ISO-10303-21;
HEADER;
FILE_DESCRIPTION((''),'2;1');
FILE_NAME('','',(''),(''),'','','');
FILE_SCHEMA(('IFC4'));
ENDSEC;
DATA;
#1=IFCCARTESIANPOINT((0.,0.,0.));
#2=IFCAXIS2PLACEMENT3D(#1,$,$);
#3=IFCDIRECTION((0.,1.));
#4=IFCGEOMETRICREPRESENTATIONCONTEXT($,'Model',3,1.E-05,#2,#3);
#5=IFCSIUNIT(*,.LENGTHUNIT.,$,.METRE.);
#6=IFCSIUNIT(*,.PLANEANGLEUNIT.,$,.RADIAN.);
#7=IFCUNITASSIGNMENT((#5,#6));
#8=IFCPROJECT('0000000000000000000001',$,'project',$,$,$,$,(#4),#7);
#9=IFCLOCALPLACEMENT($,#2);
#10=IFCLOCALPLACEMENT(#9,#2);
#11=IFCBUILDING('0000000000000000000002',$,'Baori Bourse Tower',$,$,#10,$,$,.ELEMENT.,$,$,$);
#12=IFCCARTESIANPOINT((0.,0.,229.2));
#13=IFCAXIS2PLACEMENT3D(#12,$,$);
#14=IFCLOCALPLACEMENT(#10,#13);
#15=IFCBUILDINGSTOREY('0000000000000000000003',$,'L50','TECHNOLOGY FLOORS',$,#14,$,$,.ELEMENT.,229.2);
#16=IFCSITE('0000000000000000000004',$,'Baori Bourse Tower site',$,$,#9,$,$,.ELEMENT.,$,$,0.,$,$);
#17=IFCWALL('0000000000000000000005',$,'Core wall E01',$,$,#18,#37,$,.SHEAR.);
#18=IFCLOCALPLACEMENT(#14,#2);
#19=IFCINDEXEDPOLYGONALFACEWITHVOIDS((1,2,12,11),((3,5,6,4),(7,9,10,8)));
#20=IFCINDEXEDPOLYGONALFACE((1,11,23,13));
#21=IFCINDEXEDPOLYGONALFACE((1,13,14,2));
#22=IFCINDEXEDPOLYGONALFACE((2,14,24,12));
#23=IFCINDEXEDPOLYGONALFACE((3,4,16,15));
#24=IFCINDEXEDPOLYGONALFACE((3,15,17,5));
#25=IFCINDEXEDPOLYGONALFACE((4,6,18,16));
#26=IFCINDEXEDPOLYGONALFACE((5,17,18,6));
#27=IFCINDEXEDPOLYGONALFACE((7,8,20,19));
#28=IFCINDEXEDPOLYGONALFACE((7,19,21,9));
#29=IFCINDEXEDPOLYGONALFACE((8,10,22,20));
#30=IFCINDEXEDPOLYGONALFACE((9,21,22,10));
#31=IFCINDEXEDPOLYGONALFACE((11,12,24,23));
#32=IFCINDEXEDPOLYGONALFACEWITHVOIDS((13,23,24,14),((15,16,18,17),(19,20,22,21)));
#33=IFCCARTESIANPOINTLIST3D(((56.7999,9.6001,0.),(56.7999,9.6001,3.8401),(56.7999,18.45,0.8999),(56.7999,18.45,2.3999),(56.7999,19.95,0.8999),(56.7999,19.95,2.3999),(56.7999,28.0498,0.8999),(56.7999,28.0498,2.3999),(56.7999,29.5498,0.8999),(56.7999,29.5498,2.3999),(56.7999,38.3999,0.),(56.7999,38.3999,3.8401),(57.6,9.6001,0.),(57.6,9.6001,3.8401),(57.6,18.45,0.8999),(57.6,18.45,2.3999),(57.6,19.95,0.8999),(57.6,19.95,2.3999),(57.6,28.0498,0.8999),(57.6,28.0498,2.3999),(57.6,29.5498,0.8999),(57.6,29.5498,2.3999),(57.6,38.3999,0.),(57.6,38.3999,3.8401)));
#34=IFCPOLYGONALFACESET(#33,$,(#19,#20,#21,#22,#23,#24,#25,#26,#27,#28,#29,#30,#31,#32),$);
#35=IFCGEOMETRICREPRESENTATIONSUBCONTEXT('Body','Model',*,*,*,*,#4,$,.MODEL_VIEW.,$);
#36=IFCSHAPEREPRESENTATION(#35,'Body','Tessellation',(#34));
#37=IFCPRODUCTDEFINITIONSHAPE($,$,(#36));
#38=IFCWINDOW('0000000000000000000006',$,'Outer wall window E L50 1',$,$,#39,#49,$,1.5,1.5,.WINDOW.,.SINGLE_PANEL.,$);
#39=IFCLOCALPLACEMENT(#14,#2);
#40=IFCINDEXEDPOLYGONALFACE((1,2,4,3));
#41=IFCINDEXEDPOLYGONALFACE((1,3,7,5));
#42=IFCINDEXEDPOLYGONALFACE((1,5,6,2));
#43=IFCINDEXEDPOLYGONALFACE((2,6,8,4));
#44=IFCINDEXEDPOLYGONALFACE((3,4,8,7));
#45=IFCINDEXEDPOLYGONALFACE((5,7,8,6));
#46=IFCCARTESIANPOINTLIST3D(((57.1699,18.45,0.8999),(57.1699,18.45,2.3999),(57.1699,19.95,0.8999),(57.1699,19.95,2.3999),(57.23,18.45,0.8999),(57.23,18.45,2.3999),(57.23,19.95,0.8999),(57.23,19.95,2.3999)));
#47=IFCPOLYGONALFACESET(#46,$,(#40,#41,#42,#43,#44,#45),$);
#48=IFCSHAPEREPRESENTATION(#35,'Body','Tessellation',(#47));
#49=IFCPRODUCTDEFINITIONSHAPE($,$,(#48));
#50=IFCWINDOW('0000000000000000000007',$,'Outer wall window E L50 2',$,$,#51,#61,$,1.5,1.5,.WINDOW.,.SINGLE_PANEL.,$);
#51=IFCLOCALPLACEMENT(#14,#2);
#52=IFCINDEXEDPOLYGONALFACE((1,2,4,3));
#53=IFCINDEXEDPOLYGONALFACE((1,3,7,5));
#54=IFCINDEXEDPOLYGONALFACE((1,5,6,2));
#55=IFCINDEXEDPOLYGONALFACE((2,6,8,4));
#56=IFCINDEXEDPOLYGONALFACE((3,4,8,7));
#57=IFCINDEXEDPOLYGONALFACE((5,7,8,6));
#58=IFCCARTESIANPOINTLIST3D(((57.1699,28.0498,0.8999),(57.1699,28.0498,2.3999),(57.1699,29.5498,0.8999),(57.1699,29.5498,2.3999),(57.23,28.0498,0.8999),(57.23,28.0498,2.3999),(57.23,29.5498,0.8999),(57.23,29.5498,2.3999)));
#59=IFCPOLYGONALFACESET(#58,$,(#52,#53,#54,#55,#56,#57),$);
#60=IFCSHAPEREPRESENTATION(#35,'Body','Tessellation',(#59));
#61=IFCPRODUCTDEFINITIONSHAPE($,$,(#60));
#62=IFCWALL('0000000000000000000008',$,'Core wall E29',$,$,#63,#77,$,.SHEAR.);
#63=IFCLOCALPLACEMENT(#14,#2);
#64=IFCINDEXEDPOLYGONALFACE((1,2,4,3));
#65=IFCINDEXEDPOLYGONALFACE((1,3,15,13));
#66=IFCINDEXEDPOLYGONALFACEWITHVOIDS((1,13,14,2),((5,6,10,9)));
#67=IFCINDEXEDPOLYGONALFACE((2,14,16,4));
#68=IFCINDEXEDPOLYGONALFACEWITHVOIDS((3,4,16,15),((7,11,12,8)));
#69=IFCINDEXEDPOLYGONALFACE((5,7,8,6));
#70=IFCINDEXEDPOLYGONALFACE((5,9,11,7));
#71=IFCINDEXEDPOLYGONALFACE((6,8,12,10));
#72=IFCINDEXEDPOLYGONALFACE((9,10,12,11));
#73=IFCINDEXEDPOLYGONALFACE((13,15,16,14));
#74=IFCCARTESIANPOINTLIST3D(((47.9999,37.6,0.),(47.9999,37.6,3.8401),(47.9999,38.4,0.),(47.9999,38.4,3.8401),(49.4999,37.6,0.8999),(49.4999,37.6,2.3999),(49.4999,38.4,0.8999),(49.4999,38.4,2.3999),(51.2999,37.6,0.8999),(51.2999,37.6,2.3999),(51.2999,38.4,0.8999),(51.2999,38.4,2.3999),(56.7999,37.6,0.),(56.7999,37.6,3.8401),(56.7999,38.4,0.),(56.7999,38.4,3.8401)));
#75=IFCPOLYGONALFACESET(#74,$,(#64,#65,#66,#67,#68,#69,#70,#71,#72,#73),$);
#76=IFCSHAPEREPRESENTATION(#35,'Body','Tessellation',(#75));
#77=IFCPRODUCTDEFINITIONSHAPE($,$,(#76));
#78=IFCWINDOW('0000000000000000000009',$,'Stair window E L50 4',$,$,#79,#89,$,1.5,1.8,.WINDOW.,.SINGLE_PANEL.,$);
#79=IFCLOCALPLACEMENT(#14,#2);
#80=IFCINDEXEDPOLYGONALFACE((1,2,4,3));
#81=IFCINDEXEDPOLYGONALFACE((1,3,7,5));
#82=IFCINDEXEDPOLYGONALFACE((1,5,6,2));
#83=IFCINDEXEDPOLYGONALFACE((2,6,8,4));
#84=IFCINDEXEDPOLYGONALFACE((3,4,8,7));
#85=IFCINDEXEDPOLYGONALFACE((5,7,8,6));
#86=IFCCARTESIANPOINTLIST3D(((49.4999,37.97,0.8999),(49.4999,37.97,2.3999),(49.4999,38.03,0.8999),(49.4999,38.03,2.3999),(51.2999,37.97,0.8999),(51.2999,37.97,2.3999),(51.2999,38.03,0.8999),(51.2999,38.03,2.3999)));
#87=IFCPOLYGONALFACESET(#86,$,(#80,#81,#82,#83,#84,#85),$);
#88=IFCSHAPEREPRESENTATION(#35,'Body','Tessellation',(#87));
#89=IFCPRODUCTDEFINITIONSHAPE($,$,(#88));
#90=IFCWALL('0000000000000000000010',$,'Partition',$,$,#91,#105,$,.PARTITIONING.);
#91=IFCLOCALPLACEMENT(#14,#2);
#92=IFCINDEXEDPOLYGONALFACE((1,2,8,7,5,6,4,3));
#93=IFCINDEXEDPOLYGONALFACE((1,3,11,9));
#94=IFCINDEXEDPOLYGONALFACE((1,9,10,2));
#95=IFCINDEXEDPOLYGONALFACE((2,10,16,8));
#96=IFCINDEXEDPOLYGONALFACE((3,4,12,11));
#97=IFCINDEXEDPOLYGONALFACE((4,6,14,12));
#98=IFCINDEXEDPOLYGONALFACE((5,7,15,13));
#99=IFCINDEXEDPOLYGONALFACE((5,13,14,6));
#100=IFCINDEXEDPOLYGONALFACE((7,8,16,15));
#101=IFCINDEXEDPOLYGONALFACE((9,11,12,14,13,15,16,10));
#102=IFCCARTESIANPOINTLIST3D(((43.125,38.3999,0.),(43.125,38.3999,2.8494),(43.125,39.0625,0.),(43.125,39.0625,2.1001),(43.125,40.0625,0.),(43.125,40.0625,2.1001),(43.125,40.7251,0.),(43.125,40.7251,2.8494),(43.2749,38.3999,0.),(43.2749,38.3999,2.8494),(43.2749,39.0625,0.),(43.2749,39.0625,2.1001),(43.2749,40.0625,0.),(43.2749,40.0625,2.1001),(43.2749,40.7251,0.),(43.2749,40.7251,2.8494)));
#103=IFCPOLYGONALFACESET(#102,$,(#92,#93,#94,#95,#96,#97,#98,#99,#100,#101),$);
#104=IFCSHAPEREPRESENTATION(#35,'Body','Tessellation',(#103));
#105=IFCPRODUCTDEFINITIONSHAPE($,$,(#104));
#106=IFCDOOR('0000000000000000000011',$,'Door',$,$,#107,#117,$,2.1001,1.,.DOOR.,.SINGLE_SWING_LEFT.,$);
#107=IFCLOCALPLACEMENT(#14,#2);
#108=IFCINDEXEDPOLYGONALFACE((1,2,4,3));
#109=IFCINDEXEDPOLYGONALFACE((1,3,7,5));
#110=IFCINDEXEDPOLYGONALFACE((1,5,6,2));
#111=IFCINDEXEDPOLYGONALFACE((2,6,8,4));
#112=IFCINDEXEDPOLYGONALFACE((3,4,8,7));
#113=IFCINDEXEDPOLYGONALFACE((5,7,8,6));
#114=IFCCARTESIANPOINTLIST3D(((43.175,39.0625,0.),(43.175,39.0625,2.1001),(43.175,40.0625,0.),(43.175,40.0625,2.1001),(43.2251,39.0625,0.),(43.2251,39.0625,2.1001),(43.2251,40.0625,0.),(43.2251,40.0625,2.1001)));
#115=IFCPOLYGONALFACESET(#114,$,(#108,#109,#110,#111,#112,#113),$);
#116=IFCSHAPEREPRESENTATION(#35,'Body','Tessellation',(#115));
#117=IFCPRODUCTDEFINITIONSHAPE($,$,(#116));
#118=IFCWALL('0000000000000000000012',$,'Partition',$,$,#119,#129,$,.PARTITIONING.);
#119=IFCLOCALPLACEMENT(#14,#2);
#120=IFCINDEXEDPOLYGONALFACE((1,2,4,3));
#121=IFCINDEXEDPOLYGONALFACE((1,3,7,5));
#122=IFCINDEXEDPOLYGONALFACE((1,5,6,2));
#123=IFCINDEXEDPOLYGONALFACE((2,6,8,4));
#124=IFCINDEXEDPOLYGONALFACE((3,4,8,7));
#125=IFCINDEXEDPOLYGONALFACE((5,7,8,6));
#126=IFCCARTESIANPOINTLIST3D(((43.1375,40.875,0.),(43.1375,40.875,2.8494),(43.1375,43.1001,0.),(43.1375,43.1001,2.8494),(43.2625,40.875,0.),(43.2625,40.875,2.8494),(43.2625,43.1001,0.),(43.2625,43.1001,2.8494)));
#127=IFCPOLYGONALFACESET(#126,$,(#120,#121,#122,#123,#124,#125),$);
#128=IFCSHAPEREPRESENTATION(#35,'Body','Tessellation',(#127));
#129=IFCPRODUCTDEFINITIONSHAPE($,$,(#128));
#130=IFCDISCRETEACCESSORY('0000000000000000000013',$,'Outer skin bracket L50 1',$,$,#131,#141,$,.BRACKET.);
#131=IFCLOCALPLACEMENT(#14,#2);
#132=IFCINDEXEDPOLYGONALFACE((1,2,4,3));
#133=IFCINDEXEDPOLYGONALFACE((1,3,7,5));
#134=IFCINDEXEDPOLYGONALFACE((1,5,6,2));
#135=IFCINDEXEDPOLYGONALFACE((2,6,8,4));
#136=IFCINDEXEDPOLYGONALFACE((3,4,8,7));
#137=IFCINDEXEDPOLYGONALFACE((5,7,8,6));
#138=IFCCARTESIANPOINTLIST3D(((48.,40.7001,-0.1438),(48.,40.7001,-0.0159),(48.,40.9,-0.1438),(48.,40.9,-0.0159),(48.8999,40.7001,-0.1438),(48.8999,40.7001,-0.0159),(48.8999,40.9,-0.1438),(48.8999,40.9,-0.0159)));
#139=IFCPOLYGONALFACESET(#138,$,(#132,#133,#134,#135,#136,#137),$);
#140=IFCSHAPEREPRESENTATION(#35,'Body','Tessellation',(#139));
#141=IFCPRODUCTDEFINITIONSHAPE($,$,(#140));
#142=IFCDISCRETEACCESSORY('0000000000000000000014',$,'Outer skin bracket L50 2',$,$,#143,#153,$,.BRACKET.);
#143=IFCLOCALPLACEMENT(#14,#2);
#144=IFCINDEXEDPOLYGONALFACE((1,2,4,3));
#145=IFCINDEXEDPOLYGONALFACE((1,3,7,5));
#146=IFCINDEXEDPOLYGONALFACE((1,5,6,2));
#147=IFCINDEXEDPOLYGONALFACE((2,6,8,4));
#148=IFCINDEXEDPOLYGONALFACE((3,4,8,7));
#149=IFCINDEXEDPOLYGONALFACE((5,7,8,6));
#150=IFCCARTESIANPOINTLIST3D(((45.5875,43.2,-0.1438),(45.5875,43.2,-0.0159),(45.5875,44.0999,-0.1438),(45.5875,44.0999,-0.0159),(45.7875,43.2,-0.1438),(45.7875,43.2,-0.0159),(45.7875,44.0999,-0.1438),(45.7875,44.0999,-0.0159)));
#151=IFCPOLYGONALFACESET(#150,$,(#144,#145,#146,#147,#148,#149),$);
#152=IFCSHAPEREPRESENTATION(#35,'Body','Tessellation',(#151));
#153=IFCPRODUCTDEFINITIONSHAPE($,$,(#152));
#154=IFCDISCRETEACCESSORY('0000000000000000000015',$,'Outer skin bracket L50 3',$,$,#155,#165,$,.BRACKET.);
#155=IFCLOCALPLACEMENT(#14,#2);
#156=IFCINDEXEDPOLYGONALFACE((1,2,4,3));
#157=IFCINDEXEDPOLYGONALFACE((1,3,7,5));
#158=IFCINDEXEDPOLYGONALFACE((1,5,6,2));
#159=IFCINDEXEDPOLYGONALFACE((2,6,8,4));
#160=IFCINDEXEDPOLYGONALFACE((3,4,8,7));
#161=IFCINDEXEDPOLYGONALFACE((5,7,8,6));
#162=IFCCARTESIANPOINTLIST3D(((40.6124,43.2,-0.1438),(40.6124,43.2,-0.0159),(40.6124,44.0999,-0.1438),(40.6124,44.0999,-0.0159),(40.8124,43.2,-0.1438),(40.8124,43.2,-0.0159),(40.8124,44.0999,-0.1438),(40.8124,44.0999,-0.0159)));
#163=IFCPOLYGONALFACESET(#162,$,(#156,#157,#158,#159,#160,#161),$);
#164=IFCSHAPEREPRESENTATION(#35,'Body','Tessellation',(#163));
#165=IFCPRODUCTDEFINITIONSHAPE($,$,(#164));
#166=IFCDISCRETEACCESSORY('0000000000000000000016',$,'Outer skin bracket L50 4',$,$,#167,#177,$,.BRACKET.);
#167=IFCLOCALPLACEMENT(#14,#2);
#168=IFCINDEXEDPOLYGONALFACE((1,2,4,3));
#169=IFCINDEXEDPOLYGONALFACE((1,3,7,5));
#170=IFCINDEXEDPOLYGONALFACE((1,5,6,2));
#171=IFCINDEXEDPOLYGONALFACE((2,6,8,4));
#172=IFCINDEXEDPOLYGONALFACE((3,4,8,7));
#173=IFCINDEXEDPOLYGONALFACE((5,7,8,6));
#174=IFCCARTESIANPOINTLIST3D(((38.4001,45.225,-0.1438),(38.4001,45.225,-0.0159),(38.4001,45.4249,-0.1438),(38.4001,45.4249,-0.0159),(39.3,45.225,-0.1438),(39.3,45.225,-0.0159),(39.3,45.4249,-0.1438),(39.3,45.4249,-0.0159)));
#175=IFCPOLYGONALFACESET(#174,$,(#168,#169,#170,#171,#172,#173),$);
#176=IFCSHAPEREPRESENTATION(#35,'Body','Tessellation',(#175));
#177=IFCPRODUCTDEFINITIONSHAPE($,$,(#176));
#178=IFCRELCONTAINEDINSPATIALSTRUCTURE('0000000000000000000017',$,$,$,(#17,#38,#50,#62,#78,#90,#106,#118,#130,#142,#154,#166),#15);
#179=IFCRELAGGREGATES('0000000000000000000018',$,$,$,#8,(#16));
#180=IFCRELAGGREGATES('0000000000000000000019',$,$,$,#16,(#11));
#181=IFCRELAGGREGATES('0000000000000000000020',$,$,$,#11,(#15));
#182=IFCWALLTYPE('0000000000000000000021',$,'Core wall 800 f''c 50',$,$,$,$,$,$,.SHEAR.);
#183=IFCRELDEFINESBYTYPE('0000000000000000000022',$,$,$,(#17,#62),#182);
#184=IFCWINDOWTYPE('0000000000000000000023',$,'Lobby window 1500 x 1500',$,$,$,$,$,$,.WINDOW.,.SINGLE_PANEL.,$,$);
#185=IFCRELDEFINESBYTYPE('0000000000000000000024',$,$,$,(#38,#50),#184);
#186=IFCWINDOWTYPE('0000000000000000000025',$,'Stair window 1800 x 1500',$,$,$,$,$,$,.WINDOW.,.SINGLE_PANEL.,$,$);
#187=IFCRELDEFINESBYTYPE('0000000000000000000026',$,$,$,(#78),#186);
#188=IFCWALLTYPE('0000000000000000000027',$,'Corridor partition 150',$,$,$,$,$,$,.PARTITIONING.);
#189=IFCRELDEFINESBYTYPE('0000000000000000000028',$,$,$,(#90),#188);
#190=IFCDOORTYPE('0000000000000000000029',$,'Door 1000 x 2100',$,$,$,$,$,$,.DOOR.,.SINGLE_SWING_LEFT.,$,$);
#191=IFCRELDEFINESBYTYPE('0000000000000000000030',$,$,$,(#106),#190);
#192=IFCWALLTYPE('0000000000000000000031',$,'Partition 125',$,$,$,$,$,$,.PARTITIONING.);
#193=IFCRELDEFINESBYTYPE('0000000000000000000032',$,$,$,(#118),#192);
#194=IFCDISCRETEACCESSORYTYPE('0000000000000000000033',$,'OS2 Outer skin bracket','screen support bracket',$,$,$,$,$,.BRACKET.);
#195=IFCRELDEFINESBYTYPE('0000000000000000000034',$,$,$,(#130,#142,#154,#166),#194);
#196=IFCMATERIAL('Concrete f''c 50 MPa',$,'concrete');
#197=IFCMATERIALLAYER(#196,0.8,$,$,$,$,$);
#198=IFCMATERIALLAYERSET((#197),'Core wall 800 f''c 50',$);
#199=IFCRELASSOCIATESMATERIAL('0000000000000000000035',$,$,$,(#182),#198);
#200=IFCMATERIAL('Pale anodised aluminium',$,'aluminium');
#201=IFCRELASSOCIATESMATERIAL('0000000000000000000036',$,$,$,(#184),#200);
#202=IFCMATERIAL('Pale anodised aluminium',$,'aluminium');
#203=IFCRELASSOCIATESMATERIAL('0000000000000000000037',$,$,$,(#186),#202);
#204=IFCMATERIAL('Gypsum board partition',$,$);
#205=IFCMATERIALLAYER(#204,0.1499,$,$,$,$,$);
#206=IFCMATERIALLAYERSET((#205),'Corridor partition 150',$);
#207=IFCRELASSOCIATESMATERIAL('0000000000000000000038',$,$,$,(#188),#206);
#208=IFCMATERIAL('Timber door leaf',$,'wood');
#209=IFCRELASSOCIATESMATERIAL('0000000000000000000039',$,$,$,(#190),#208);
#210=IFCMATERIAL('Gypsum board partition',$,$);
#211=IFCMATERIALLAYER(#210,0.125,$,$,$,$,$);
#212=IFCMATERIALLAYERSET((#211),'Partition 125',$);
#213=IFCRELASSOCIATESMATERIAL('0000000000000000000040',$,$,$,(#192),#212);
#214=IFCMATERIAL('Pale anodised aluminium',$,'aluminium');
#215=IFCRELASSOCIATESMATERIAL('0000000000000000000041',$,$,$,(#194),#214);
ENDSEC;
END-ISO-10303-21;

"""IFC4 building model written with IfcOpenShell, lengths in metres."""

from ifc_helpers import new_model, si_unit, direction, frame, frame_2d, origin, origin_2d, place, context, subcontext, project, spatial, rectangle, extrude, material, layer, layer_set, type_object, element, fill, save


model = new_model("IFC4")

# Units and contexts
model_context = context("Model", 3, precision=1e-05, world=origin(), true_north=direction((0.0, 1.0)))
body_context = subcontext(model_context, "Body", "Model", "MODEL_VIEW")
ifc_project = project(units=[si_unit("LENGTHUNIT", "METRE"), si_unit("PLANEANGLEUNIT", "RADIAN")], contexts=[model_context])

# Site, building, storey
site_placement = place(None, origin())
site = spatial("IfcSite", under=ifc_project, at=site_placement, Name="Baori Bourse Tower site", CompositionType="ELEMENT", RefElevation=0.0)
building_placement = place(site_placement, origin())
building = spatial("IfcBuilding", under=site, at=building_placement, Name="Baori Bourse Tower", CompositionType="ELEMENT")
storey_placement = place(building_placement, frame((0.0, 0.0, 229.2)))
storey = spatial("IfcBuildingStorey", under=building, at=storey_placement, Name="L50", Description="TECHNOLOGY FLOORS", CompositionType="ELEMENT", Elevation=229.2)

# Wall, openings, windows
ifc_material_1 = material(Name="Concrete f'c 50 MPa", Category="concrete")
ifc_layer_1 = layer(ifc_material_1, 0.8)
ifc_layer_set_1 = layer_set([ifc_layer_1], Name="Core wall 800 f'c 50")
wall_type_1 = type_object("IfcWallType", Name="Core wall 800 f'c 50", PredefinedType="SHEAR", material=ifc_layer_set_1)
wall_1_placement = place(storey_placement, frame((57.2, 38.3999, 0.0), z_axis=(0.0, 0.0, 1.0), x_axis=(0.0, -1.0, 0.0)))
wall_1 = element("IfcWall", 1, at=wall_1_placement, inside=storey, type_object=wall_type_1, Name="Core wall E01", PredefinedType="SHEAR", context=body_context, shape_type="SweptSolid", body=[
    extrude(rectangle(XDim=28.7998, YDim=0.8, at=frame_2d((14.3999, 0.0))), origin(), (0.0, 0.0, 1.0), 3.8401),
])
opening_1_placement = place(wall_1_placement, frame((18.45, 0.0, 0.8999)))
opening_1 = element("IfcOpeningElement", 2, at=opening_1_placement, cuts=wall_1, PredefinedType="OPENING", context=body_context, shape_type="SweptSolid", body=[
    extrude(rectangle(XDim=1.5, YDim=1.5, at=frame_2d((0.75, 0.75))), frame((0.0, 0.4099, 0.0), z_axis=(0.0, -1.0, 0.0), x_axis=(1.0, 0.0, 0.0)), (0.0, 0.0, 1.0), 0.8201),
])
opening_2_placement = place(wall_1_placement, frame((8.8501, 0.0, 0.8999)))
opening_2 = element("IfcOpeningElement", 3, at=opening_2_placement, cuts=wall_1, PredefinedType="OPENING", context=body_context, shape_type="SweptSolid", body=[
    extrude(rectangle(XDim=1.5, YDim=1.5, at=frame_2d((0.75, 0.75))), frame((0.0, 0.4099, 0.0), z_axis=(0.0, -1.0, 0.0), x_axis=(1.0, 0.0, 0.0)), (0.0, 0.0, 1.0), 0.8201),
])
ifc_material_2 = material(Name="Pale anodised aluminium", Category="aluminium")
window_type_1 = type_object("IfcWindowType", Name="Lobby window 1500 x 1500", PartitioningType="SINGLE_PANEL", PredefinedType="WINDOW", material=ifc_material_2)
window_1_placement = place(opening_1_placement, origin())
window_1 = element("IfcWindow", 4, at=window_1_placement, inside=storey, type_object=window_type_1, Name="Outer wall window E L50 1", OverallHeight=1.5, OverallWidth=1.5, PartitioningType="SINGLE_PANEL", PredefinedType="WINDOW", context=body_context, shape_type="SweptSolid", body=[
    extrude(rectangle(XDim=1.5, YDim=1.5, at=frame_2d((0.75, 0.75))), frame((0.0, 0.03, 0.0), z_axis=(0.0, -1.0, 0.0), x_axis=(1.0, 0.0, 0.0)), (0.0, 0.0, 1.0), 0.0601),
])
fill(opening_1, window_1)
window_2_placement = place(opening_2_placement, origin())
window_2 = element("IfcWindow", 5, at=window_2_placement, inside=storey, type_object=window_type_1, Name="Outer wall window E L50 2", OverallHeight=1.5, OverallWidth=1.5, PartitioningType="SINGLE_PANEL", PredefinedType="WINDOW", context=body_context, shape_type="SweptSolid", body=[
    extrude(rectangle(XDim=1.5, YDim=1.5, at=frame_2d((0.75, 0.75))), frame((0.0, 0.03, 0.0), z_axis=(0.0, -1.0, 0.0), x_axis=(1.0, 0.0, 0.0)), (0.0, 0.0, 1.0), 0.0601),
])
fill(opening_2, window_2)

# Wall, opening, window
wall_2_placement = place(storey_placement, frame((48.0, 38.0, 0.0), z_axis=(0.0, 0.0, 1.0), x_axis=(1.0, 0.0, 0.0)))
wall_2 = element("IfcWall", 6, at=wall_2_placement, inside=storey, type_object=wall_type_1, Name="Core wall E29", PredefinedType="SHEAR", context=body_context, shape_type="SweptSolid", body=[
    extrude(rectangle(XDim=8.8, YDim=0.8, at=frame_2d((4.3999, 0.0))), origin(), (0.0, 0.0, 1.0), 3.8401),
])
opening_3_placement = place(wall_2_placement, frame((1.5, 0.0, 0.8999)))
opening_3 = element("IfcOpeningElement", 7, at=opening_3_placement, cuts=wall_2, PredefinedType="OPENING", context=body_context, shape_type="SweptSolid", body=[
    extrude(rectangle(XDim=1.8, YDim=1.5, at=frame_2d((0.8999, 0.75))), frame((0.0, 0.4099, 0.0), z_axis=(0.0, -1.0, 0.0), x_axis=(1.0, 0.0, 0.0)), (0.0, 0.0, 1.0), 0.8201),
])
ifc_material_3 = material(Name="Pale anodised aluminium", Category="aluminium")
window_type_2 = type_object("IfcWindowType", Name="Stair window 1800 x 1500", PartitioningType="SINGLE_PANEL", PredefinedType="WINDOW", material=ifc_material_3)
window_3_placement = place(opening_3_placement, origin())
window_3 = element("IfcWindow", 8, at=window_3_placement, inside=storey, type_object=window_type_2, Name="Stair window E L50 4", OverallHeight=1.5, OverallWidth=1.8, PartitioningType="SINGLE_PANEL", PredefinedType="WINDOW", context=body_context, shape_type="SweptSolid", body=[
    extrude(rectangle(XDim=1.8, YDim=1.5, at=frame_2d((0.8999, 0.75))), frame((0.0, 0.03, 0.0), z_axis=(0.0, -1.0, 0.0), x_axis=(1.0, 0.0, 0.0)), (0.0, 0.0, 1.0), 0.0601),
])
fill(opening_3, window_3)

# Wall, opening, door
ifc_material_4 = material(Name="Gypsum board partition")
ifc_layer_2 = layer(ifc_material_4, 0.1499)
ifc_layer_set_2 = layer_set([ifc_layer_2], Name="Corridor partition 150")
wall_type_2 = type_object("IfcWallType", Name="Corridor partition 150", PredefinedType="PARTITIONING", material=ifc_layer_set_2)
wall_3_placement = place(storey_placement, frame((43.2, 38.3999, 0.0), z_axis=(0.0, 0.0, 1.0), x_axis=(0.0, 1.0, 0.0)))
wall_3 = element("IfcWall", 9, at=wall_3_placement, inside=storey, type_object=wall_type_2, Name="Partition", PredefinedType="PARTITIONING", context=body_context, shape_type="SweptSolid", body=[
    extrude(rectangle(XDim=2.3252, YDim=0.1499, at=frame_2d((1.1626, 0.0))), origin(), (0.0, 0.0, 1.0), 2.8494),
])
opening_4_placement = place(wall_3_placement, frame((0.6626, 0.0, 0.0)))
opening_4 = element("IfcOpeningElement", 10, at=opening_4_placement, cuts=wall_3, PredefinedType="OPENING", context=body_context, shape_type="SweptSolid", body=[
    extrude(rectangle(XDim=1.0, YDim=2.1001, at=frame_2d((0.5, 1.05))), frame((0.0, 0.085, 0.0), z_axis=(0.0, -1.0, 0.0), x_axis=(1.0, 0.0, 0.0)), (0.0, 0.0, 1.0), 0.1699),
])
ifc_material_5 = material(Name="Timber door leaf", Category="wood")
door_type = type_object("IfcDoorType", Name="Door 1000 x 2100", OperationType="SINGLE_SWING_LEFT", PredefinedType="DOOR", material=ifc_material_5)
door_placement = place(opening_4_placement, origin())
door = element("IfcDoor", 11, at=door_placement, inside=storey, type_object=door_type, Name="Door", OperationType="SINGLE_SWING_LEFT", OverallHeight=2.1001, OverallWidth=1.0, PredefinedType="DOOR", context=body_context, shape_type="SweptSolid", body=[
    extrude(rectangle(XDim=1.0, YDim=2.1001, at=frame_2d((0.5, 1.05))), frame((0.0, 0.0249, 0.0), z_axis=(0.0, -1.0, 0.0), x_axis=(1.0, 0.0, 0.0)), (0.0, 0.0, 1.0), 0.05),
])
fill(opening_4, door)

# Wall
ifc_material_6 = material(Name="Gypsum board partition")
ifc_layer_3 = layer(ifc_material_6, 0.125)
ifc_layer_set_3 = layer_set([ifc_layer_3], Name="Partition 125")
wall_type_3 = type_object("IfcWallType", Name="Partition 125", PredefinedType="PARTITIONING", material=ifc_layer_set_3)
wall_4_placement = place(storey_placement, frame((43.2, 40.875, 0.0), z_axis=(0.0, 0.0, 1.0), x_axis=(0.0, 1.0, 0.0)))
element("IfcWall", 12, at=wall_4_placement, inside=storey, type_object=wall_type_3, Name="Partition", PredefinedType="PARTITIONING", context=body_context, shape_type="SweptSolid", body=[
    extrude(rectangle(XDim=2.2251, YDim=0.125, at=frame_2d((1.1125, 0.0))), origin(), (0.0, 0.0, 1.0), 2.8494),
])

# Discrete accessories
ifc_material_7 = material(Name="Pale anodised aluminium", Category="aluminium")
discrete_accessory_type = type_object("IfcDiscreteAccessoryType", Name="OS2 Outer skin bracket", Description="screen support bracket", PredefinedType="BRACKET", material=ifc_material_7)
for number, where, z_axis, x_axis, name in (
    (13, (48.45, 40.8, -0.1438), (0.0, 0.0, 1.0), (0.0, 1.0, 0.0), "Outer skin bracket L50 1"),
    (14, (45.6875, 43.6499, -0.1438), (0.0, 0.0, 1.0), (-1.0, 0.0, 0.0), "Outer skin bracket L50 2"),
    (15, (40.7124, 43.6499, -0.1438), (0.0, 0.0, 1.0), (-1.0, 0.0, 0.0), "Outer skin bracket L50 3"),
    (16, (38.8501, 45.325, -0.1438), (0.0, 0.0, 1.0), (0.0, 1.0, 0.0), "Outer skin bracket L50 4"),
):
    element("IfcDiscreteAccessory", number, at=place(storey_placement, frame(where, z_axis=z_axis, x_axis=x_axis)), inside=storey, type_object=discrete_accessory_type, Name=name, PredefinedType="BRACKET", context=body_context, shape_type="SweptSolid", body=[
        extrude(rectangle(XDim=0.2, YDim=0.8999, at=origin_2d()), origin(), (0.0, 0.0, 1.0), 0.1279),
    ])

save(model, "model.ifc")
